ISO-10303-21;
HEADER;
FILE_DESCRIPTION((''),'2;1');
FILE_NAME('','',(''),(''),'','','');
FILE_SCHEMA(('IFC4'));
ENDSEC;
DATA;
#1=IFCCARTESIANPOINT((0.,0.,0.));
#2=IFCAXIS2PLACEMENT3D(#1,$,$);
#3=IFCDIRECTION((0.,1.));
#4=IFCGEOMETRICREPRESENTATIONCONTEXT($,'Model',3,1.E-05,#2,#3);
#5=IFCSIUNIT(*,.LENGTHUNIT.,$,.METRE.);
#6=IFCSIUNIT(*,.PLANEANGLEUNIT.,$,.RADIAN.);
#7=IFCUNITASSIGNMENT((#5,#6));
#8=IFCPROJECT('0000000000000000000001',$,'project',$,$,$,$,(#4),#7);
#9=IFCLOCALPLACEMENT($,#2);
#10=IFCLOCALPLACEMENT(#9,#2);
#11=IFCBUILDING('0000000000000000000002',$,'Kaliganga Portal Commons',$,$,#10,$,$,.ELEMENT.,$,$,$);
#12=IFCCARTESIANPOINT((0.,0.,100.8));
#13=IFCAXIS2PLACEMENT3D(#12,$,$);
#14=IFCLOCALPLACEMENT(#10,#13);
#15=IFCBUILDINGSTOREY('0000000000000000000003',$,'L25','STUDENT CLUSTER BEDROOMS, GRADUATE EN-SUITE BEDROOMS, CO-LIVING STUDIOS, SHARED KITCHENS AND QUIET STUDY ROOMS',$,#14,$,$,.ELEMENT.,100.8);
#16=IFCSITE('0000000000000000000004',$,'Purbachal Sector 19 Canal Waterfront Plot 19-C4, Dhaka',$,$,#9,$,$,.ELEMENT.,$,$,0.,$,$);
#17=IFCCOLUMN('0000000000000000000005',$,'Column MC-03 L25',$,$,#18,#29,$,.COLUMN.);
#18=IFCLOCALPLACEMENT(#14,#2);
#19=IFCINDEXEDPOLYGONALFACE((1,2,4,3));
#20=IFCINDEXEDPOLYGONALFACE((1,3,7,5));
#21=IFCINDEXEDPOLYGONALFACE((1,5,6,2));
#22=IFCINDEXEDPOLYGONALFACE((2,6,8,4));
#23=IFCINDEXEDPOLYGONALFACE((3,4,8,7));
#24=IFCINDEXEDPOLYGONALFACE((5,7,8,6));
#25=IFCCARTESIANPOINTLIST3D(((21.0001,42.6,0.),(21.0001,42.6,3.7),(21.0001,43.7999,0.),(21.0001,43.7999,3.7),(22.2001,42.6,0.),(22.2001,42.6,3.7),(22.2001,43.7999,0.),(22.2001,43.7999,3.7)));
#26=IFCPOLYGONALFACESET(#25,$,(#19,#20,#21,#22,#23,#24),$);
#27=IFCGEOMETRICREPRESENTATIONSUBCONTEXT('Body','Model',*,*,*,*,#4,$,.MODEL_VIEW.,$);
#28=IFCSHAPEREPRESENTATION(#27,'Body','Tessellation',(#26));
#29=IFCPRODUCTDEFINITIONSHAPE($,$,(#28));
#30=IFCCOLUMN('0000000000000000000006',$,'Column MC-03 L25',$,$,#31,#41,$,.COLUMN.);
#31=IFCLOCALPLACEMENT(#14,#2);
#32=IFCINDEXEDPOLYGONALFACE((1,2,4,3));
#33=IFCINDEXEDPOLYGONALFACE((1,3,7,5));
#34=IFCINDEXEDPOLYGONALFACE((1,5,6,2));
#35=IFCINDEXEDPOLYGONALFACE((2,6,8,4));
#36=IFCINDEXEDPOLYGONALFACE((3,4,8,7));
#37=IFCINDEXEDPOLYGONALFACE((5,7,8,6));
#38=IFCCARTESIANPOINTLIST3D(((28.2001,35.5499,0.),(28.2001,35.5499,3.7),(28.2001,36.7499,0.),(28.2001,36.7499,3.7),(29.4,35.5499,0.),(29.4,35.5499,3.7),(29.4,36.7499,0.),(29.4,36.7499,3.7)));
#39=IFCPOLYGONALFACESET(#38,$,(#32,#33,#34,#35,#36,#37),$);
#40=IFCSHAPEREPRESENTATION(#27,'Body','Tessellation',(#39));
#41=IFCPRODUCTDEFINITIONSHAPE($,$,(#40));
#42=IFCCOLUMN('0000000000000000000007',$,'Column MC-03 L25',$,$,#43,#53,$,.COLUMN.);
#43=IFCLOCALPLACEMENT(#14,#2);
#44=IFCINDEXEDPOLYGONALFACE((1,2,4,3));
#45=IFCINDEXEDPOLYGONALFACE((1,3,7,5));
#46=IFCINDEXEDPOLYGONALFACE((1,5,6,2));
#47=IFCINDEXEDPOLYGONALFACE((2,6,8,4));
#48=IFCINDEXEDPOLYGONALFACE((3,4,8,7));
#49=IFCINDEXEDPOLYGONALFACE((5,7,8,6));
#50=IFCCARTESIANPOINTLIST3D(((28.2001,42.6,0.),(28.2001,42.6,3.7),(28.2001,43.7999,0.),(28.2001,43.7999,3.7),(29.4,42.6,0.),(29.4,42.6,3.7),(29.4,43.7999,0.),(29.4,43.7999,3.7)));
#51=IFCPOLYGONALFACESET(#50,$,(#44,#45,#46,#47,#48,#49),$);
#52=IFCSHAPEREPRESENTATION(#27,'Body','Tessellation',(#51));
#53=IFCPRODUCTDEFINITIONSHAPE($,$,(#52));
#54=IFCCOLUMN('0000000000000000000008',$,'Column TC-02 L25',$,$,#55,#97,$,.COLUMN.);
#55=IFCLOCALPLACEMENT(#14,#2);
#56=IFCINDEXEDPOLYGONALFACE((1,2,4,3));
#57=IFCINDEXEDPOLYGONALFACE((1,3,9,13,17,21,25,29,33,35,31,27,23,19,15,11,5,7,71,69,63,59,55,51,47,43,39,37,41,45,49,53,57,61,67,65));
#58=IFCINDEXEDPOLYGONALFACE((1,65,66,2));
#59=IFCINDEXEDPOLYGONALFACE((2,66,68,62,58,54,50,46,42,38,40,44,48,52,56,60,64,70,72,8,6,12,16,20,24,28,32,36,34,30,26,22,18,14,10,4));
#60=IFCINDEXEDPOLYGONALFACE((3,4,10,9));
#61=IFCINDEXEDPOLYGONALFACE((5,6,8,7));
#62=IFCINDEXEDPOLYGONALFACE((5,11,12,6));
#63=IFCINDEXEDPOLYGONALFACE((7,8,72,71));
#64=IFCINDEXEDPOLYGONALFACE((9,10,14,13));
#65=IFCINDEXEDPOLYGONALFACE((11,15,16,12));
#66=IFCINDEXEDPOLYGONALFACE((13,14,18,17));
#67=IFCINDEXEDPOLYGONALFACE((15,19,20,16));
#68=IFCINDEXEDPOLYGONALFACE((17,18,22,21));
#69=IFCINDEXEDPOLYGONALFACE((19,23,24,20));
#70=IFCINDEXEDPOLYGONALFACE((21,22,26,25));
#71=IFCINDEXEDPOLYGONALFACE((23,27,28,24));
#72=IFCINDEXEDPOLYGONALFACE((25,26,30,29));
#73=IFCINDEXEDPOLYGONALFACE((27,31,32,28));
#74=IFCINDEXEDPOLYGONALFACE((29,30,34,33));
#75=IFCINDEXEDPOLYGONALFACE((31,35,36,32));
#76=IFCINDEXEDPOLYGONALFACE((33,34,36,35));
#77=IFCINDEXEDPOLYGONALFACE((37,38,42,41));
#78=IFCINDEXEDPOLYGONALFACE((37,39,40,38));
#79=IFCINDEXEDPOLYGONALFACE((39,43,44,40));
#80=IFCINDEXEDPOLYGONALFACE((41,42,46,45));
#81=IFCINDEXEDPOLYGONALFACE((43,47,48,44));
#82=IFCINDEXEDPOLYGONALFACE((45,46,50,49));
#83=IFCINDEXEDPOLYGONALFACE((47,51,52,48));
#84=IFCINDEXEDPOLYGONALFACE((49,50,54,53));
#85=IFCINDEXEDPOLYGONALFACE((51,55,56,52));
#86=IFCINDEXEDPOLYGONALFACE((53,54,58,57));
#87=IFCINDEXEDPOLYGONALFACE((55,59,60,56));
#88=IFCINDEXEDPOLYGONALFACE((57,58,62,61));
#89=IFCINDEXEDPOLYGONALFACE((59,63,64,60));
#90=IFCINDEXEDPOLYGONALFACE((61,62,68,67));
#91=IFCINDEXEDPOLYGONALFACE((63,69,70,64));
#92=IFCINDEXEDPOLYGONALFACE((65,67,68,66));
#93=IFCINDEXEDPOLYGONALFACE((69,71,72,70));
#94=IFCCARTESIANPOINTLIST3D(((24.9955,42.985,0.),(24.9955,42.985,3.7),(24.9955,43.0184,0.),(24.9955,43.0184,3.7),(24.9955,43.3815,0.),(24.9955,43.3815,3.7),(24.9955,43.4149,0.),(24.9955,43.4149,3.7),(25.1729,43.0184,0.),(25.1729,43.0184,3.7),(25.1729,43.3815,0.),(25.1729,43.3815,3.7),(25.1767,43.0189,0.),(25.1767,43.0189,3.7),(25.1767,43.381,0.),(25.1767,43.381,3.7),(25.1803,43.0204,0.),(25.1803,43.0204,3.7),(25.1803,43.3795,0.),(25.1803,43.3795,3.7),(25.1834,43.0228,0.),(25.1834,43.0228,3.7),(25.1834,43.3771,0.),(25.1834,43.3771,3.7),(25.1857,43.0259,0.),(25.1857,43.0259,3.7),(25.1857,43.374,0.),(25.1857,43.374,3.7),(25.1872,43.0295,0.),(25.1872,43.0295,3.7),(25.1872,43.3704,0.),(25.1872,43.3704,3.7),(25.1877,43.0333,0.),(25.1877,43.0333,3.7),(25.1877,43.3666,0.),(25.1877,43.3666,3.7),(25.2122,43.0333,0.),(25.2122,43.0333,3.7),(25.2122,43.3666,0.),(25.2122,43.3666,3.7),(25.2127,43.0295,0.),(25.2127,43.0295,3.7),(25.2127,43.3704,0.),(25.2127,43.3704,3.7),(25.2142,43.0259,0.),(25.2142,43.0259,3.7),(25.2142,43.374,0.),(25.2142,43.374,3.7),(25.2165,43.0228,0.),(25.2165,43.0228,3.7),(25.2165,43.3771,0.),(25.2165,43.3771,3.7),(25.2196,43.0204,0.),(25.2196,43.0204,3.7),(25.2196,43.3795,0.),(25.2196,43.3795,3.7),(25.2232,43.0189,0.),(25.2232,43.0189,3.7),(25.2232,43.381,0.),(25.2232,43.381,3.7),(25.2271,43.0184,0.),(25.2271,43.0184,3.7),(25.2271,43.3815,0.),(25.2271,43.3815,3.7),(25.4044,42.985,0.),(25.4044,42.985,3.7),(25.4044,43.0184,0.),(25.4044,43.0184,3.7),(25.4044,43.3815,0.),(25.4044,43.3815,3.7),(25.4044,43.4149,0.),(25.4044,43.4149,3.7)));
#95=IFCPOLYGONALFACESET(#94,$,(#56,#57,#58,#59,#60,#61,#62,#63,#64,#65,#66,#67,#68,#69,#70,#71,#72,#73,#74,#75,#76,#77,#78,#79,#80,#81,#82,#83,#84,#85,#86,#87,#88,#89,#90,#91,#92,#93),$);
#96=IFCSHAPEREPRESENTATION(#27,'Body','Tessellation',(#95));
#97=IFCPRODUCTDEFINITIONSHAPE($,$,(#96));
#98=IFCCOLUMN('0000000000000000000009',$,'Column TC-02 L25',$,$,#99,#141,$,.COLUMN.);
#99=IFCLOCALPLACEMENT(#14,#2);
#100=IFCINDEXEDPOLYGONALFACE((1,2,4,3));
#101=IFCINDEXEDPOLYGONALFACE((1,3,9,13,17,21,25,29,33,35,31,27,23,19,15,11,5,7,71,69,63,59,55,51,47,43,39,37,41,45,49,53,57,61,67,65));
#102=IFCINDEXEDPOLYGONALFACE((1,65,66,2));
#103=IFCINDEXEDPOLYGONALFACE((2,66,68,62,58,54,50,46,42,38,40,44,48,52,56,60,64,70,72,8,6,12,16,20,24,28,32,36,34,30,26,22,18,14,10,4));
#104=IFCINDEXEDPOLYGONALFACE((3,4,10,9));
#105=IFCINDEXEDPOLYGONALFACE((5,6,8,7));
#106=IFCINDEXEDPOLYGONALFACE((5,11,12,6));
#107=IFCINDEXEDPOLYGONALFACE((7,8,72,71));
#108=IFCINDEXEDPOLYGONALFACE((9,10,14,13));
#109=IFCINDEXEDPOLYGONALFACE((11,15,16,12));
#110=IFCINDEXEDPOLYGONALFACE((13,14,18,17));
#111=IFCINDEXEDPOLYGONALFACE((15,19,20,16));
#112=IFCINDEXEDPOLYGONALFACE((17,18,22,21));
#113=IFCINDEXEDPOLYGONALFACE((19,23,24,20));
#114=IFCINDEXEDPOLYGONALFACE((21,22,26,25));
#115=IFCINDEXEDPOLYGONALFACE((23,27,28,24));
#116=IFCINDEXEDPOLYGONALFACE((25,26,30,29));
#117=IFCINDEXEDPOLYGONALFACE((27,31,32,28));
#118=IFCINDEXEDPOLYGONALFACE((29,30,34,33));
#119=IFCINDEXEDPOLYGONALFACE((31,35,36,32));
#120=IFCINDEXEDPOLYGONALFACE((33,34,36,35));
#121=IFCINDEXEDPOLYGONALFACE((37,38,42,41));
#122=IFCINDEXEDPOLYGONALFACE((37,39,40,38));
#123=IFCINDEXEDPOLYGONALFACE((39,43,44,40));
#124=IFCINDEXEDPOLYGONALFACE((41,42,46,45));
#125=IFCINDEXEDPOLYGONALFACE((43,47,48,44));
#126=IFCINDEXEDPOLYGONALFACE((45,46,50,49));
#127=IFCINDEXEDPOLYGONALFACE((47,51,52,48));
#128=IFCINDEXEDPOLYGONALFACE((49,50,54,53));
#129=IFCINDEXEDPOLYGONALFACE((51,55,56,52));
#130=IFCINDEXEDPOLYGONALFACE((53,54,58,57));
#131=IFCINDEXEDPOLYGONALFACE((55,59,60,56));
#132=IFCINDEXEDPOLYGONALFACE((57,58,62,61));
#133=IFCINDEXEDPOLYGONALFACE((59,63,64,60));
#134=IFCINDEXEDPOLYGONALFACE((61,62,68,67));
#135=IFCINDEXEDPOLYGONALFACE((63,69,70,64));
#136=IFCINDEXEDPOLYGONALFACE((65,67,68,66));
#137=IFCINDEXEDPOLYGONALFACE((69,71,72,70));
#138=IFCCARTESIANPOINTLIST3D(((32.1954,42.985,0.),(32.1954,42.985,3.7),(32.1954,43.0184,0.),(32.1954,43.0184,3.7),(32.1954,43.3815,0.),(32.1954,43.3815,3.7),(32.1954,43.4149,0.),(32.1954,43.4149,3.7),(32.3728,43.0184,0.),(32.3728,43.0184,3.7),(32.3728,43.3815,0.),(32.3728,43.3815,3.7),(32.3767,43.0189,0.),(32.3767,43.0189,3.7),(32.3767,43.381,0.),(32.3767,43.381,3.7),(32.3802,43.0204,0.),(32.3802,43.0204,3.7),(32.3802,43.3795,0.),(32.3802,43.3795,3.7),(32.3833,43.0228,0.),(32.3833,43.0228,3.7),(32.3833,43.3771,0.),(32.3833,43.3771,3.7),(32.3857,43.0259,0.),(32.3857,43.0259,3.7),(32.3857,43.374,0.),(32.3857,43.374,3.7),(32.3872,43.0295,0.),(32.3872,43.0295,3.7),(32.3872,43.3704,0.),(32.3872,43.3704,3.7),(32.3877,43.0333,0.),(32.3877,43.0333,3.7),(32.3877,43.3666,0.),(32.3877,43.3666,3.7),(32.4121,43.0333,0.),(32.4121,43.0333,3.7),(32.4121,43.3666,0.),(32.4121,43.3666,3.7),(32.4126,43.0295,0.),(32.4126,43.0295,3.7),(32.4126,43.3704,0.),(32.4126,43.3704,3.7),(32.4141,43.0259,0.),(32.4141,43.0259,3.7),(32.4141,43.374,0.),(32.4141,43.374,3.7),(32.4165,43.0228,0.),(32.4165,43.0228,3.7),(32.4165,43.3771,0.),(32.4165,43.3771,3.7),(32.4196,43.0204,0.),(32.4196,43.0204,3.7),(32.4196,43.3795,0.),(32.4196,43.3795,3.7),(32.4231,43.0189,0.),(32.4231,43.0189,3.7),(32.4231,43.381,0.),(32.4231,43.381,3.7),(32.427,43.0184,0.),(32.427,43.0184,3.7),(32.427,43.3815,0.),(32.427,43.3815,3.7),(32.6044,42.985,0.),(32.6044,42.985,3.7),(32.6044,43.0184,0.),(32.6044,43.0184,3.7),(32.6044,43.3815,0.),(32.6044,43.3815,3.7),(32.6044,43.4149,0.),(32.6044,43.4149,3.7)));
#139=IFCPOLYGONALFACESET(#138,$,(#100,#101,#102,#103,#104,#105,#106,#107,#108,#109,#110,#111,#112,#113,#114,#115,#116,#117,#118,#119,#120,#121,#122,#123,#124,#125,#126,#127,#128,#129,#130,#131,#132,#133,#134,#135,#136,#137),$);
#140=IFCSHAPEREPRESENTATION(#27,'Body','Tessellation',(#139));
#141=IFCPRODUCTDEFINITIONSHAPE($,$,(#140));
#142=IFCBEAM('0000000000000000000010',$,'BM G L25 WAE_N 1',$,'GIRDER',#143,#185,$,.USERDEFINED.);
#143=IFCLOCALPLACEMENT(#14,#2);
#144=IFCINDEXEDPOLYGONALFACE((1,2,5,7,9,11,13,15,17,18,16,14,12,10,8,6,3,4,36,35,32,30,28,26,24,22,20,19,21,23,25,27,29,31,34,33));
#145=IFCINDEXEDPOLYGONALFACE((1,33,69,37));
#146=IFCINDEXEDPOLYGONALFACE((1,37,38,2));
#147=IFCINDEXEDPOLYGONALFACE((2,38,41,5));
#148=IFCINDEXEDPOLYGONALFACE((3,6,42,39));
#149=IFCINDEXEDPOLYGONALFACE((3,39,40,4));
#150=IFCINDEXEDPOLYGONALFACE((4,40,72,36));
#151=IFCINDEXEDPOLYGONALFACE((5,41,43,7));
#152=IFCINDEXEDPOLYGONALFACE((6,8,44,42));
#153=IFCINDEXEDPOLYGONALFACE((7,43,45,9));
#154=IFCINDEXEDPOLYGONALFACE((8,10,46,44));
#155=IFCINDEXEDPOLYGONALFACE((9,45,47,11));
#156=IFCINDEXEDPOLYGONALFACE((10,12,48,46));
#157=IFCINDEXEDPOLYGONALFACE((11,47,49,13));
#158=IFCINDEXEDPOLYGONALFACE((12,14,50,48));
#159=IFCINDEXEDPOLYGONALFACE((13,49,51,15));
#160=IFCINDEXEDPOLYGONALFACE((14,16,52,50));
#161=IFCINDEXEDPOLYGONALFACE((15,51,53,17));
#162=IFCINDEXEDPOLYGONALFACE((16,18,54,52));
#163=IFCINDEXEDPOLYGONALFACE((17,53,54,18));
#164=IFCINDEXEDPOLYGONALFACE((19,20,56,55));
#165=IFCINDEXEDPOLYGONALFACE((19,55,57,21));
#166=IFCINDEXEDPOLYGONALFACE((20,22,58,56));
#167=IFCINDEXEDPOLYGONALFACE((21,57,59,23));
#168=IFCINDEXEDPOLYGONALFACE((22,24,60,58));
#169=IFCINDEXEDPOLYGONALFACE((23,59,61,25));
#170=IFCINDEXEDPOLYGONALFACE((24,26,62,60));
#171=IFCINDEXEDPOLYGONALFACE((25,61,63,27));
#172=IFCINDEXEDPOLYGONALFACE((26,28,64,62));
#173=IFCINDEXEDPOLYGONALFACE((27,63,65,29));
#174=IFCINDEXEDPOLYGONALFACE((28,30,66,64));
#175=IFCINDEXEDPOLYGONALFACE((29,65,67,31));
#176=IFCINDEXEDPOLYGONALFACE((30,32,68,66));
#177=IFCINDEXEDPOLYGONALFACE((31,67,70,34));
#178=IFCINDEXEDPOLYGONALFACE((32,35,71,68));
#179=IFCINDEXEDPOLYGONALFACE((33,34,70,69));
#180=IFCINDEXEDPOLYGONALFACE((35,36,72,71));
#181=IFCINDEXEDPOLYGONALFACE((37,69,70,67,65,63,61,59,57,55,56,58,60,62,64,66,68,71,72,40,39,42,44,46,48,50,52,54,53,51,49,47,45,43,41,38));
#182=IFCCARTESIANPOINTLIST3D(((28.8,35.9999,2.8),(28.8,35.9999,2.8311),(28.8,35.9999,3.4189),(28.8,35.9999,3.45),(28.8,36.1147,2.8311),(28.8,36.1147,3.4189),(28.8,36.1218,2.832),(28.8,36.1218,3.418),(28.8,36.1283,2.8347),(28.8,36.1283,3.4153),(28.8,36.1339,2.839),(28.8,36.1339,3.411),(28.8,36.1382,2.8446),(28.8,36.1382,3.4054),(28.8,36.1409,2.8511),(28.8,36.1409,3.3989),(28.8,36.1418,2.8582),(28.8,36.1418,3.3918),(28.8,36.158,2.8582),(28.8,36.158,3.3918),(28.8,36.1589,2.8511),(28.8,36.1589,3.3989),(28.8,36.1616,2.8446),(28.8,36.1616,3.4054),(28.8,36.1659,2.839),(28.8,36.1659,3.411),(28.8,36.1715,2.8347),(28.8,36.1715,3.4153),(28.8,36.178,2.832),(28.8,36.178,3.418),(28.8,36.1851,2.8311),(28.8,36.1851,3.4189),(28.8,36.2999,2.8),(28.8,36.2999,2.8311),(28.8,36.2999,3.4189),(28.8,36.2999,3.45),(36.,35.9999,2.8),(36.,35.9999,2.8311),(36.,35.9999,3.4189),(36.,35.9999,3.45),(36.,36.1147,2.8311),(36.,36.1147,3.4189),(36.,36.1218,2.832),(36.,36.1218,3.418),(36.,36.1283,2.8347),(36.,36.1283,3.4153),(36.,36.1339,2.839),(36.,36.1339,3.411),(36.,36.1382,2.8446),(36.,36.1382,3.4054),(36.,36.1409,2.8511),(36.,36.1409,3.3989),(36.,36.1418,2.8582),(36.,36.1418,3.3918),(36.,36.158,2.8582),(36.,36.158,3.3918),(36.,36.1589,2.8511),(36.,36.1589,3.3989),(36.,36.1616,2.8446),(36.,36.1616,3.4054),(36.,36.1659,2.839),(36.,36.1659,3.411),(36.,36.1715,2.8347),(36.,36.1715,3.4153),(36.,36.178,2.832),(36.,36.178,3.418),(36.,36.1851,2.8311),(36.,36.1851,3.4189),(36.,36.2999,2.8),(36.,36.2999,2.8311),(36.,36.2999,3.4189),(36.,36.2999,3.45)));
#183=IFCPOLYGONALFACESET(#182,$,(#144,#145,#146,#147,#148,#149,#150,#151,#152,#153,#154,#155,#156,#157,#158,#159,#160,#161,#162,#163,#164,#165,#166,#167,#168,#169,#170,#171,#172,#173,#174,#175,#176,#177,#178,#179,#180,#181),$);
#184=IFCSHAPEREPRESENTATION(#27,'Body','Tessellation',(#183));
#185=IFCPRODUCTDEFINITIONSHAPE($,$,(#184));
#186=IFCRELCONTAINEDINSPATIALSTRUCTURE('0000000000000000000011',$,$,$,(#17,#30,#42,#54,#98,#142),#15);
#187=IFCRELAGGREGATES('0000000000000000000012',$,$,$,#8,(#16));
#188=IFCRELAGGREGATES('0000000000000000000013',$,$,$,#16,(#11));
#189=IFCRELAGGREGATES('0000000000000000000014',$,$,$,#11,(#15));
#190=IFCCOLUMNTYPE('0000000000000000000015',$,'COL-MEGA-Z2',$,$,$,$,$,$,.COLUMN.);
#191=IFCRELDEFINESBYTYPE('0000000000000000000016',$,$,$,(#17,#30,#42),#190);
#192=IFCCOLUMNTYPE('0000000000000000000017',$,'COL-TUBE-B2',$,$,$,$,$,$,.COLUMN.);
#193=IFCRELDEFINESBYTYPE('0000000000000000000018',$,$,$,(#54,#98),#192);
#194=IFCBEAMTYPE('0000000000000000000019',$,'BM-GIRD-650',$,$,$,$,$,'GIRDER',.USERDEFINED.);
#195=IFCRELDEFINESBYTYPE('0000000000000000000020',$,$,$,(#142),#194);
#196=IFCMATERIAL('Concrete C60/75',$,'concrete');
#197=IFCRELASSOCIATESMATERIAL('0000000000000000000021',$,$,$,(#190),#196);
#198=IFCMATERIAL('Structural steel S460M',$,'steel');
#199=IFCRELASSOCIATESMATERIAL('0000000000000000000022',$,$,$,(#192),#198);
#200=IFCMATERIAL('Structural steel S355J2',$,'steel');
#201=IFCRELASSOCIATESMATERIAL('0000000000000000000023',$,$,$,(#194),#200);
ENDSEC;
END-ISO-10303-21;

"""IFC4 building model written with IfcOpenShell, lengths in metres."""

from ifc_helpers import new_model, si_unit, direction, frame, origin, origin_2d, place, context, subcontext, project, spatial, rectangle, i_section, extrude, source, transform, mapped, material, material_profile, profile_set, type_object, element, save


model = new_model("IFC4")

# Units and contexts
model_context = context("Model", 3, precision=1e-05, world=origin(), true_north=direction((0.0, 1.0)))
body_context = subcontext(model_context, "Body", "Model", "MODEL_VIEW")
ifc_project = project(units=[si_unit("LENGTHUNIT", "METRE"), si_unit("PLANEANGLEUNIT", "RADIAN")], contexts=[model_context])

# Site, building, storey
site_placement = place(None, origin())
site = spatial("IfcSite", under=ifc_project, at=site_placement, Name="Purbachal Sector 19 Canal Waterfront Plot 19-C4, Dhaka", CompositionType="ELEMENT", RefElevation=0.0)
building_placement = place(site_placement, origin())
building = spatial("IfcBuilding", under=site, at=building_placement, Name="Kaliganga Portal Commons", CompositionType="ELEMENT")
storey_placement = place(building_placement, frame((0.0, 0.0, 100.8)))
storey = spatial("IfcBuildingStorey", under=building, at=storey_placement, Name="L25", Description="STUDENT CLUSTER BEDROOMS, GRADUATE EN-SUITE BEDROOMS, CO-LIVING STUDIOS, SHARED KITCHENS AND QUIET STUDY ROOMS", CompositionType="ELEMENT", Elevation=100.8)

# Columns
ifc_material_1 = material(Name="Concrete C60/75", Category="concrete")
ifc_material_profile_1 = material_profile(ifc_material_1, rectangle(XDim=1.2, YDim=1.2, at=origin_2d()), Name="RC 1200x1200")
ifc_profile_set_1 = profile_set([ifc_material_profile_1], Name="Concrete C60/75")
column_type_1 = type_object("IfcColumnType", Name="COL-MEGA-Z2", PredefinedType="COLUMN", material=ifc_profile_set_1)
shared_shape_1 = source(origin(), body_context, "Body", "SweptSolid", [
    extrude(rectangle(XDim=1.2, YDim=1.2, at=origin_2d()), origin(), (0.0, 0.0, 1.0), 3.7),
])
for number, where, z_axis, x_axis, name in (
    (1, (21.6001, 43.2, 0.0), (0.0, 0.0, 1.0), (1.0, 0.0, 0.0), "Column MC-03 L25"),
    (2, (28.8, 36.1499, 0.0), (0.0, 0.0, 1.0), (1.0, 0.0, 0.0), "Column MC-03 L25"),
    (3, (28.8, 43.2, 0.0), (0.0, 0.0, 1.0), (1.0, 0.0, 0.0), "Column MC-03 L25"),
):
    element("IfcColumn", number, at=place(storey_placement, frame(where, z_axis=z_axis, x_axis=x_axis)), inside=storey, type_object=column_type_1, Name=name, PredefinedType="COLUMN", context=body_context, shape_type="MappedRepresentation", body=[
        mapped(shared_shape_1, transform((0.0, 0.0, 0.0), x_axis=(1.0, 0.0, 0.0), y_axis=(0.0, 1.0, 0.0), z_axis=(0.0, 0.0, 1.0), scale=1.0)),
    ])
ifc_material_2 = material(Name="Structural steel S460M", Category="steel")
ifc_material_profile_2 = material_profile(ifc_material_2, i_section(OverallWidth=0.4089, OverallDepth=0.4299, WebThickness=0.0244, FlangeThickness=0.0334, FilletRadius=0.0149, at=origin_2d()), Name="HD 400x421")
ifc_profile_set_2 = profile_set([ifc_material_profile_2], Name="Structural steel S460M wide-flange")
column_type_2 = type_object("IfcColumnType", Name="COL-TUBE-B2", PredefinedType="COLUMN", material=ifc_profile_set_2)
shared_shape_2 = source(origin(), body_context, "Body", "SweptSolid", [
    extrude(i_section(OverallWidth=0.4089, OverallDepth=0.4299, WebThickness=0.0244, FlangeThickness=0.0334, FilletRadius=0.0149, at=origin_2d()), origin(), (0.0, 0.0, 1.0), 3.7),
])
for number, where, z_axis, x_axis, name in (
    (4, (25.2, 43.2, 0.0), (0.0, 0.0, 1.0), (1.0, 0.0, 0.0), "Column TC-02 L25"),
    (5, (32.3999, 43.2, 0.0), (0.0, 0.0, 1.0), (1.0, 0.0, 0.0), "Column TC-02 L25"),
):
    element("IfcColumn", number, at=place(storey_placement, frame(where, z_axis=z_axis, x_axis=x_axis)), inside=storey, type_object=column_type_2, Name=name, PredefinedType="COLUMN", context=body_context, shape_type="MappedRepresentation", body=[
        mapped(shared_shape_2, transform((0.0, 0.0, 0.0), x_axis=(1.0, 0.0, 0.0), y_axis=(0.0, 1.0, 0.0), z_axis=(0.0, 0.0, 1.0), scale=1.0)),
    ])

# Beam
ifc_material_3 = material(Name="Structural steel S355J2", Category="steel")
ifc_material_profile_3 = material_profile(ifc_material_3, i_section(OverallWidth=0.3, OverallDepth=0.6499, WebThickness=0.0161, FlangeThickness=0.031, FilletRadius=0.0271, at=origin_2d()), Name="HE 650 B")
ifc_profile_set_3 = profile_set([ifc_material_profile_3], Name="Structural steel S355J2 wide-flange")
beam_type_1 = type_object("IfcBeamType", Name="BM-GIRD-650", ElementType="GIRDER", PredefinedType="USERDEFINED", material=ifc_profile_set_3)
shared_shape_3 = source(origin(), body_context, "Body", "SweptSolid", [
    extrude(i_section(OverallWidth=0.3, OverallDepth=0.6499, WebThickness=0.0161, FlangeThickness=0.031, FilletRadius=0.0271, at=origin_2d()), origin(), (0.0, 0.0, 1.0), 7.2),
])
beam_1_placement = place(storey_placement, frame((28.8, 36.1499, 3.125), z_axis=(1.0, 0.0, 0.0), x_axis=(0.0, 1.0, 0.0)))
element("IfcBeam", 6, at=beam_1_placement, inside=storey, type_object=beam_type_1, Name="BM G L25 WAE_N 1", ObjectType="GIRDER", PredefinedType="USERDEFINED", context=body_context, shape_type="MappedRepresentation", body=[
    mapped(shared_shape_3, transform((0.0, 0.0, 0.0), x_axis=(1.0, 0.0, 0.0), y_axis=(0.0, 1.0, 0.0), z_axis=(0.0, 0.0, 1.0), scale=1.0)),
])

save(model, "model.ifc")
